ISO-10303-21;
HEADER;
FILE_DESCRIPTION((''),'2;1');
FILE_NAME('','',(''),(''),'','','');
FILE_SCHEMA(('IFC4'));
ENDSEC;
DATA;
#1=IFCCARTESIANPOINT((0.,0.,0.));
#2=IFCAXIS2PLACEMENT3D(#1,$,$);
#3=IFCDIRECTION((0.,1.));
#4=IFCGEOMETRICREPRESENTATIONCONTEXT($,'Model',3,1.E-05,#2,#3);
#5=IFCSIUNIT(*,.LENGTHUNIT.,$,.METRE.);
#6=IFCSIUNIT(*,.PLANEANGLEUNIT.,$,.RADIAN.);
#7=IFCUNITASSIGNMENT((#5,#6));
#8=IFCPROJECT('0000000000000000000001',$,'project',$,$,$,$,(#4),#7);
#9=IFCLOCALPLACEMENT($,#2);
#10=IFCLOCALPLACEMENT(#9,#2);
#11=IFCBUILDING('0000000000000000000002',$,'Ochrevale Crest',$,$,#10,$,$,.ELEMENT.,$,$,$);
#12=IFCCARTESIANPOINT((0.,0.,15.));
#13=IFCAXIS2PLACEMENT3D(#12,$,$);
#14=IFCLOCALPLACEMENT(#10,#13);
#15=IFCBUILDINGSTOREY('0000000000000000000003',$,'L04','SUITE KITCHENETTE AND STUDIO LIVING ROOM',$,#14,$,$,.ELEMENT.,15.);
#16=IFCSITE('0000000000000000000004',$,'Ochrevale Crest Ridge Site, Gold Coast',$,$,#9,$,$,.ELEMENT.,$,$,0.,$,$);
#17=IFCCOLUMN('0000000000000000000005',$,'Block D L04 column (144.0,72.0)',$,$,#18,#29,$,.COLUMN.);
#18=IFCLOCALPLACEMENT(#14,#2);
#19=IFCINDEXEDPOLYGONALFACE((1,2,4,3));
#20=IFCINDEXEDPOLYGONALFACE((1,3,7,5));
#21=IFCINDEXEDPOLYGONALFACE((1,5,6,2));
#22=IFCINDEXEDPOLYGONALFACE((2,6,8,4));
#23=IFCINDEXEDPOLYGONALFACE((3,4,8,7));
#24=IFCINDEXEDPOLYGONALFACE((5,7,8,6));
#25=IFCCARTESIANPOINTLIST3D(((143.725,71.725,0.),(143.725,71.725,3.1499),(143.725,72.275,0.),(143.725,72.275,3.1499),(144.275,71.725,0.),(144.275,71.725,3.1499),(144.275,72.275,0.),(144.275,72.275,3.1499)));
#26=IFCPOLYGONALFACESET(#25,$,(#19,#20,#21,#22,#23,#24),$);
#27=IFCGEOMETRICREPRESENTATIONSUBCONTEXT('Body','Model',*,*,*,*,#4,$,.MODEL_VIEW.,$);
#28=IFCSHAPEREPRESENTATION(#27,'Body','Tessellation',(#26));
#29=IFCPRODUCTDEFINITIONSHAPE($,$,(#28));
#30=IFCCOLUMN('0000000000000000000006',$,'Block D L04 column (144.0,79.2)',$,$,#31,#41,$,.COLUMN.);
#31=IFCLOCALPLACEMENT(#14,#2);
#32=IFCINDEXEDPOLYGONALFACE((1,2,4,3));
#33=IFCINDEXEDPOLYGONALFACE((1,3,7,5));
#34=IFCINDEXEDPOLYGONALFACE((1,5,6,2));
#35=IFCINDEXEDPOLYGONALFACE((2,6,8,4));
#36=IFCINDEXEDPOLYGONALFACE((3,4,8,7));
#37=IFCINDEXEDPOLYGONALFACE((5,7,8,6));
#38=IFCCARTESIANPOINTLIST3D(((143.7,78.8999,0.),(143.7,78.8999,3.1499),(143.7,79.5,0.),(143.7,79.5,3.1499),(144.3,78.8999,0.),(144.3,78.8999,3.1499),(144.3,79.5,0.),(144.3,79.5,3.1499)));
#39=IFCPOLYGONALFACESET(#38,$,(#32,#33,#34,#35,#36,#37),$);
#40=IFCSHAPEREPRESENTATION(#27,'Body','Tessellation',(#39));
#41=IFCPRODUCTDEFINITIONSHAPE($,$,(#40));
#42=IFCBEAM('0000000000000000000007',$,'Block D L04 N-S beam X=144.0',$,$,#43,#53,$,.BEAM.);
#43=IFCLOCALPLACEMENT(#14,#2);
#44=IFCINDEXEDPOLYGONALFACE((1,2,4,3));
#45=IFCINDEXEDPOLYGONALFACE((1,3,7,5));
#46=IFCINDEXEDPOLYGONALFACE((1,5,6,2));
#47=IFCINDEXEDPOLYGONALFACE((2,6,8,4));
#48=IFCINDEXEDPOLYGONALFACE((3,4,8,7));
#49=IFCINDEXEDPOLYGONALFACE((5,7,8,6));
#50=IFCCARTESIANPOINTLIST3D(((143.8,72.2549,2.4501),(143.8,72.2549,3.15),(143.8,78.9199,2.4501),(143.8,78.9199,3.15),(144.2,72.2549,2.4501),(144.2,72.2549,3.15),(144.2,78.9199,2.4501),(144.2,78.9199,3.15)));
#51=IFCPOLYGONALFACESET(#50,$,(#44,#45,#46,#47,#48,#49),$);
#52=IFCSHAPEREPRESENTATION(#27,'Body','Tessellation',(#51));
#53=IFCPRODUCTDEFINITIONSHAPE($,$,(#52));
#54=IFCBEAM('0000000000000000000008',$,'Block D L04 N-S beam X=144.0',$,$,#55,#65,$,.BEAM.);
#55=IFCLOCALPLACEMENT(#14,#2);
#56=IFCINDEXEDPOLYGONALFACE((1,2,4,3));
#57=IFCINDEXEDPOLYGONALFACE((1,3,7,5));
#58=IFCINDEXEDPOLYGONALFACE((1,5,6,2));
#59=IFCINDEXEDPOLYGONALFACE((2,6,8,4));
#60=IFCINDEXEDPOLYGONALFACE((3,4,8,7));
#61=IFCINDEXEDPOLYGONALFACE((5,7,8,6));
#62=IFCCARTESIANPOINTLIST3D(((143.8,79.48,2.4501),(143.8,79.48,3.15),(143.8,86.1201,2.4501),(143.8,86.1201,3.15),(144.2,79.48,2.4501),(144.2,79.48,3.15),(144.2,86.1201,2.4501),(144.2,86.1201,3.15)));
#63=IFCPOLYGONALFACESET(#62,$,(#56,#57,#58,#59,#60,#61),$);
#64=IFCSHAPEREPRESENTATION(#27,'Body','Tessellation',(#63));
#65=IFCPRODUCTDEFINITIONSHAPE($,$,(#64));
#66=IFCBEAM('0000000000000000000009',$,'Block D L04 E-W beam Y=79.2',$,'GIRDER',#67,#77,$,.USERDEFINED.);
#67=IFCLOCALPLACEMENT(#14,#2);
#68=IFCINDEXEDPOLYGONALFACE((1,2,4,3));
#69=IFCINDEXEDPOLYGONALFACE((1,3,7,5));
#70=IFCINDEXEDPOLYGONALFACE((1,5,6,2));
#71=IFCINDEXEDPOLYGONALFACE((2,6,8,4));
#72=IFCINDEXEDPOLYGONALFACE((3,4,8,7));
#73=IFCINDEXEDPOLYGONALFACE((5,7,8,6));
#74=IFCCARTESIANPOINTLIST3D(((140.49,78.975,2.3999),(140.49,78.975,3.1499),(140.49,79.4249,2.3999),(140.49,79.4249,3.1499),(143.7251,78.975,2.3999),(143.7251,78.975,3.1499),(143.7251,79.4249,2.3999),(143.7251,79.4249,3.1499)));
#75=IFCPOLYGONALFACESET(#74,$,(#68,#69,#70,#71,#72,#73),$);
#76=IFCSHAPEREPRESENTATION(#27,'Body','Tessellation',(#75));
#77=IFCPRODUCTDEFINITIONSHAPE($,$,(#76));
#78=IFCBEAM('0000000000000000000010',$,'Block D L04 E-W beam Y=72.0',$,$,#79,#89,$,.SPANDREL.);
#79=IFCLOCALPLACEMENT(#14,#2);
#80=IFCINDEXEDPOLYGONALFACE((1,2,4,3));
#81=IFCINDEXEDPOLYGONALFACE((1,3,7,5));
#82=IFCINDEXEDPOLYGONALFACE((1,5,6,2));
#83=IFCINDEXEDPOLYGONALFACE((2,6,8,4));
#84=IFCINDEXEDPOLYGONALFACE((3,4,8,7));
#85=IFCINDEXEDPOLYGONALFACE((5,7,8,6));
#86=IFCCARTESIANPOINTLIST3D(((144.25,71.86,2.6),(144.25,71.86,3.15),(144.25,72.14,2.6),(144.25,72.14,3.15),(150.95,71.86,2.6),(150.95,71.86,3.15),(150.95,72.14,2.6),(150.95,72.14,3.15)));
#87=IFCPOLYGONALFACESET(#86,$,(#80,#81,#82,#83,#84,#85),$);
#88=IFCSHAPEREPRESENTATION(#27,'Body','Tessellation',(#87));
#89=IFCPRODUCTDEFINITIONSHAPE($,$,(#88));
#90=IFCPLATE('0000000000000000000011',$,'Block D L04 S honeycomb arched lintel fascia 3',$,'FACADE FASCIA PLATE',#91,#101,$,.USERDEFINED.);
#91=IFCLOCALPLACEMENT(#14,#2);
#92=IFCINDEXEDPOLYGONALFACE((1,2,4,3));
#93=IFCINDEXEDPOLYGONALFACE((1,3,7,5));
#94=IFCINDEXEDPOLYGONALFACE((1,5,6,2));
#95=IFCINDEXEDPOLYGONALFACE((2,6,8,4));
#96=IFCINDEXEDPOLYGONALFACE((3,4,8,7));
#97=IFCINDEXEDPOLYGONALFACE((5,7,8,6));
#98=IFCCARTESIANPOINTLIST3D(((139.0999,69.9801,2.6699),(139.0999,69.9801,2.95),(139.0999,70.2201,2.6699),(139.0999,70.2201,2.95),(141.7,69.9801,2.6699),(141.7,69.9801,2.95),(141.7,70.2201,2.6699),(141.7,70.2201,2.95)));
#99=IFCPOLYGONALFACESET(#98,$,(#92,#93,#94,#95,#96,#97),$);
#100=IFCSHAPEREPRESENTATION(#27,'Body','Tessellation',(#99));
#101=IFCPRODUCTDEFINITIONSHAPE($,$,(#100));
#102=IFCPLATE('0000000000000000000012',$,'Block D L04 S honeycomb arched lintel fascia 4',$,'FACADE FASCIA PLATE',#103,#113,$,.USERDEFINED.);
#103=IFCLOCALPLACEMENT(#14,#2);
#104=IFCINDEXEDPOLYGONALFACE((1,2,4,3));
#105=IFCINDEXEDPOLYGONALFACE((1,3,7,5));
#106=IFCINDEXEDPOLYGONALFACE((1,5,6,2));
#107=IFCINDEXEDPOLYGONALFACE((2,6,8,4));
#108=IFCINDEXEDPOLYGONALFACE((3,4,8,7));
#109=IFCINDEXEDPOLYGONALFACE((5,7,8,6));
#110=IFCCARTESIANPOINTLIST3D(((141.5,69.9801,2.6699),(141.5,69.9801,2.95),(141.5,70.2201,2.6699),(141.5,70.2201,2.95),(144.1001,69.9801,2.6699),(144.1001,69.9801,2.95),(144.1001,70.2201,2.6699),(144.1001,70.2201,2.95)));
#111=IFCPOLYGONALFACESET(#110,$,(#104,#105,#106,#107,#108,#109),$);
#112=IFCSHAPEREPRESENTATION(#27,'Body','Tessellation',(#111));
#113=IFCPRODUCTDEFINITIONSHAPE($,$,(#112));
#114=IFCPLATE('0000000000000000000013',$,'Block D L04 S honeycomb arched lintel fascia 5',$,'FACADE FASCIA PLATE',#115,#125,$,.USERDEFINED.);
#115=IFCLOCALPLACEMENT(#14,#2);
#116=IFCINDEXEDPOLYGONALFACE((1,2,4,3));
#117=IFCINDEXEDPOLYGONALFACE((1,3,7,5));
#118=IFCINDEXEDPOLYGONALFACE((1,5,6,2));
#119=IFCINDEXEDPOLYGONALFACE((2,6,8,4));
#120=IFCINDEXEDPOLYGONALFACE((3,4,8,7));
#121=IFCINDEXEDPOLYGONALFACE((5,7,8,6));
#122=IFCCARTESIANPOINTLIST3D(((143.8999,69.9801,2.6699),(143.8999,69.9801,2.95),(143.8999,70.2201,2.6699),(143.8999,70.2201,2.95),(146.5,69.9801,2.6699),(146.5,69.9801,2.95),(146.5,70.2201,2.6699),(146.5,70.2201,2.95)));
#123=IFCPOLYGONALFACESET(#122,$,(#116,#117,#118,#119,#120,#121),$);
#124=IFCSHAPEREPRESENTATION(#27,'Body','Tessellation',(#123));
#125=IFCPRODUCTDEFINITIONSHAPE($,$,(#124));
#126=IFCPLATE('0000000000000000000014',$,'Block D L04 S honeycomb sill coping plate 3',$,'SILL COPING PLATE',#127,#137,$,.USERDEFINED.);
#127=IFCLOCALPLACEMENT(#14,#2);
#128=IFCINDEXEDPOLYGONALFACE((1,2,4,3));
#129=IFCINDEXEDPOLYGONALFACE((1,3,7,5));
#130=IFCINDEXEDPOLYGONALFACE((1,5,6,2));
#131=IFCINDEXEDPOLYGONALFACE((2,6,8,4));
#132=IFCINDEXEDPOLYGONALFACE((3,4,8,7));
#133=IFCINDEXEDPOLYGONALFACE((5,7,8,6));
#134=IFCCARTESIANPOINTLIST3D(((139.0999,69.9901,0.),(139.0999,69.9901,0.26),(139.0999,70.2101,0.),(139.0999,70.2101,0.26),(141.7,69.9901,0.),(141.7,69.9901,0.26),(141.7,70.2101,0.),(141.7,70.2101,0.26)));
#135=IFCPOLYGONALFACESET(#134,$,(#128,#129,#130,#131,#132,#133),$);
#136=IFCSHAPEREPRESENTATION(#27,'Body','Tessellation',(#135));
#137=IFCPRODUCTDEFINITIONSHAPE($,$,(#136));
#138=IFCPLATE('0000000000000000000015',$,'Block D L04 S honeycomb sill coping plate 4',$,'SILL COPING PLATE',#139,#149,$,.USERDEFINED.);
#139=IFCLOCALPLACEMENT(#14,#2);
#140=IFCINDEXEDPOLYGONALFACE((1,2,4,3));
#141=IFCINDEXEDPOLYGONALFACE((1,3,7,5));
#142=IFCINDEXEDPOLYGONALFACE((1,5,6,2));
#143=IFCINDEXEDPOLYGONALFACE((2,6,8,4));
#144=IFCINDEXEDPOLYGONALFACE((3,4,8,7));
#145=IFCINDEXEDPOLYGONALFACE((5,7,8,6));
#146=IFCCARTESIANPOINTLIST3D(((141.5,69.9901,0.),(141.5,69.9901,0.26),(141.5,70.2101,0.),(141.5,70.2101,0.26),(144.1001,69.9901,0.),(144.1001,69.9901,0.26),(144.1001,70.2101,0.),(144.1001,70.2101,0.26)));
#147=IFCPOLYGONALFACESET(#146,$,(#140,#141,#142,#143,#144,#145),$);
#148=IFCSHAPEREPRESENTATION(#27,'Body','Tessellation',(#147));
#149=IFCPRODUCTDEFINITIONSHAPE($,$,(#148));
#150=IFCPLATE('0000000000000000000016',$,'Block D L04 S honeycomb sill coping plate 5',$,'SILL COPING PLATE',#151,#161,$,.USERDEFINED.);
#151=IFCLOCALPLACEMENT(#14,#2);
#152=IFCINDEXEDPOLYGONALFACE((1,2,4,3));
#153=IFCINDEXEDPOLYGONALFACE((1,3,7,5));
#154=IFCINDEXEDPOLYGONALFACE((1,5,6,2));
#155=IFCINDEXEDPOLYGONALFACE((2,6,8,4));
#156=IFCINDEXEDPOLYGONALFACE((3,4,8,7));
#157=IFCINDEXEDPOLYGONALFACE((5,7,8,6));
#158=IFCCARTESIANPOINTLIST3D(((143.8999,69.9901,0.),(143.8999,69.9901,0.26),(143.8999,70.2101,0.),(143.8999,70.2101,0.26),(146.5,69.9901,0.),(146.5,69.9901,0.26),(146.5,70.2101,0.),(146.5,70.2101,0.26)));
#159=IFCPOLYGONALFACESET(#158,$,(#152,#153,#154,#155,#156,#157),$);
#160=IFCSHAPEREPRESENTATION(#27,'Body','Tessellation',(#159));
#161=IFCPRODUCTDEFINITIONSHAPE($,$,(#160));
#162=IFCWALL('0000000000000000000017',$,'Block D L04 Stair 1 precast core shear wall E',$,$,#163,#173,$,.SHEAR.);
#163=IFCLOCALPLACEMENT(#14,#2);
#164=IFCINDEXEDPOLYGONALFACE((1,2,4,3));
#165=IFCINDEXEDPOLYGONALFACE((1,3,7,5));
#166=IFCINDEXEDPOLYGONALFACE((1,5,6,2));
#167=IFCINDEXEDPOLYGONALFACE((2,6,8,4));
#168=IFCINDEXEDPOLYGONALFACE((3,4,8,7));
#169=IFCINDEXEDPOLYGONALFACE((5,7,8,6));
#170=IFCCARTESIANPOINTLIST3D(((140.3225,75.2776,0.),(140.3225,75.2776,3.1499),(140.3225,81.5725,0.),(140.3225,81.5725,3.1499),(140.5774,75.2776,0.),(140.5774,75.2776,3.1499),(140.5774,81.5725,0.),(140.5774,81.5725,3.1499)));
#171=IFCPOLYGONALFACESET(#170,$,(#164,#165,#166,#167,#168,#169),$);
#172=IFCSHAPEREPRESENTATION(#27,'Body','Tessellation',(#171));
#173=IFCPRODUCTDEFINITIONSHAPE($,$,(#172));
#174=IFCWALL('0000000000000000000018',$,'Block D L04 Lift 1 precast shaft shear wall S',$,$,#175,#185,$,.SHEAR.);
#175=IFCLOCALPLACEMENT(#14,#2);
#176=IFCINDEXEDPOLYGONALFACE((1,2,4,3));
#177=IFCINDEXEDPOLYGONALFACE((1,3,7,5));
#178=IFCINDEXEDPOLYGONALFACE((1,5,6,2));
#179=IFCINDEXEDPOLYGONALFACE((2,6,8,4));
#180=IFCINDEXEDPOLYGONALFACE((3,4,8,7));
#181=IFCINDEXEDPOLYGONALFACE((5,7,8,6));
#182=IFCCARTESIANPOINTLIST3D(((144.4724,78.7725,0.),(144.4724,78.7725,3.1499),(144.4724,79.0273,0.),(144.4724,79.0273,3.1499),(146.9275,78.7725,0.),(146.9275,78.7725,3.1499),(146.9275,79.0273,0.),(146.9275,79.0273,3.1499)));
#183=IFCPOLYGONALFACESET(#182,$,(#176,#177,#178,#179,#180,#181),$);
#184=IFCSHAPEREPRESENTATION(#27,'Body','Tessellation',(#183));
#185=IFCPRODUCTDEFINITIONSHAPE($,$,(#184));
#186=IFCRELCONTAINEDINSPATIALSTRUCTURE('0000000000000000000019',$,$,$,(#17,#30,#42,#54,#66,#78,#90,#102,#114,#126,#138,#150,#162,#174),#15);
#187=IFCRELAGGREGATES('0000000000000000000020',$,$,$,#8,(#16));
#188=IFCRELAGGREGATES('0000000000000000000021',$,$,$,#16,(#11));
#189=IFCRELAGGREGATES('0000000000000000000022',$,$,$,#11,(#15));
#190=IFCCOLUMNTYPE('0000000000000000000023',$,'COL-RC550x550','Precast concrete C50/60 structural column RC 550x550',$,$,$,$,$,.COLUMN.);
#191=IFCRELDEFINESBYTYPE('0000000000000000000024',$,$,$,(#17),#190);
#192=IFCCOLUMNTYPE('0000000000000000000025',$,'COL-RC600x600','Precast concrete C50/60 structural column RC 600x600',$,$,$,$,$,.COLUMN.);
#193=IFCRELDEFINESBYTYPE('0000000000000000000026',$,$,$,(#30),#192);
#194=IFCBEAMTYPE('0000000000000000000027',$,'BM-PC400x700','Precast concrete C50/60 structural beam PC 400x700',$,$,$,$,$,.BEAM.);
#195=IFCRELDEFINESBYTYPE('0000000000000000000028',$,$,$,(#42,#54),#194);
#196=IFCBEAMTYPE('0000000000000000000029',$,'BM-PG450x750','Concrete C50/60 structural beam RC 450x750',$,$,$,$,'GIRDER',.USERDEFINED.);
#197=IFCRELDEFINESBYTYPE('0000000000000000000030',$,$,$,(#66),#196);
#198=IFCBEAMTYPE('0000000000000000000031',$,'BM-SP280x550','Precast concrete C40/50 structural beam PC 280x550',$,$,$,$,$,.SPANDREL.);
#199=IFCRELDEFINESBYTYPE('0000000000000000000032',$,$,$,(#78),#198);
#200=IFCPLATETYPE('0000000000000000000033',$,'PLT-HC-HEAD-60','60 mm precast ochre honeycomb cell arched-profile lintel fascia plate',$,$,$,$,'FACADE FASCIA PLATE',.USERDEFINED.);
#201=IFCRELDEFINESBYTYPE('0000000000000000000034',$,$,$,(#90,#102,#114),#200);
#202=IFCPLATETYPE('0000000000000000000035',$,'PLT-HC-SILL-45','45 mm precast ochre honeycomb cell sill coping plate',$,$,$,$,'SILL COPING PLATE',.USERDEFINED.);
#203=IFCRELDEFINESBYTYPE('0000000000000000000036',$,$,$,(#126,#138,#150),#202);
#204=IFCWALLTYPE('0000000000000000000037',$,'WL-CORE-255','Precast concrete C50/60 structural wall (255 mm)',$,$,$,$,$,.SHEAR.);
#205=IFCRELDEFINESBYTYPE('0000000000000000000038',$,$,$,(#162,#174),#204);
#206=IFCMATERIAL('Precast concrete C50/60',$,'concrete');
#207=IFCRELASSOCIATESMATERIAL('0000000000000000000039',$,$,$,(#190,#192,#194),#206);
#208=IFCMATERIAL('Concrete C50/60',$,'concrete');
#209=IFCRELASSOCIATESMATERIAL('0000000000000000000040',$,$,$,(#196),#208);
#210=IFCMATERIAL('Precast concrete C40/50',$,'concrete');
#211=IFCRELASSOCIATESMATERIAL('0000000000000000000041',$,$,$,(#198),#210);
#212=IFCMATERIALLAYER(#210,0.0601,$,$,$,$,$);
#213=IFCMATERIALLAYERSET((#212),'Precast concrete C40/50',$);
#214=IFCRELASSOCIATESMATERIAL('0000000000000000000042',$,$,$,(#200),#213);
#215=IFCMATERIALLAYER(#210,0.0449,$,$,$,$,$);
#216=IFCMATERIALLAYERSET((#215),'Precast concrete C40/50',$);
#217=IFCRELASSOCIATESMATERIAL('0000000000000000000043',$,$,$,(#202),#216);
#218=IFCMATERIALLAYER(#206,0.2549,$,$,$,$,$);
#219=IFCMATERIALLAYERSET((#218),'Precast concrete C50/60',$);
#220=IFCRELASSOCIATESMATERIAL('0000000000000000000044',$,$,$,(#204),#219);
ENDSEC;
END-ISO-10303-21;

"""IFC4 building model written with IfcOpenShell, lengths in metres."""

from ifc_helpers import new_model, si_unit, direction, frame, frame_2d, origin, origin_2d, place, context, subcontext, project, spatial, rectangle, extrude, material, layer, layer_set, material_profile, profile_set, type_object, element, save


model = new_model("IFC4")

# Units and contexts
model_context = context("Model", 3, precision=1e-05, world=origin(), true_north=direction((0.0, 1.0)))
body_context = subcontext(model_context, "Body", "Model", "MODEL_VIEW")
ifc_project = project(units=[si_unit("LENGTHUNIT", "METRE"), si_unit("PLANEANGLEUNIT", "RADIAN")], contexts=[model_context])

# Site, building, storey
site_placement = place(None, origin())
site = spatial("IfcSite", under=ifc_project, at=site_placement, Name="Ochrevale Crest Ridge Site, Gold Coast", CompositionType="ELEMENT", RefElevation=0.0)
building_placement = place(site_placement, origin())
building = spatial("IfcBuilding", under=site, at=building_placement, Name="Ochrevale Crest", CompositionType="ELEMENT")
storey_placement = place(building_placement, frame((0.0, 0.0, 15.0)))
storey = spatial("IfcBuildingStorey", under=building, at=storey_placement, Name="L04", Description="SUITE KITCHENETTE AND STUDIO LIVING ROOM", CompositionType="ELEMENT", Elevation=15.0)

# Columns
ifc_material_1 = material(Name="Precast concrete C50/60", Category="concrete")
ifc_material_profile_1 = material_profile(ifc_material_1, rectangle(XDim=0.55, YDim=0.55, at=origin_2d()), Name="RC 550x550")
ifc_profile_set_1 = profile_set([ifc_material_profile_1], Name="Precast concrete C50/60")
column_type_1 = type_object("IfcColumnType", Name="COL-RC550x550", Description="Precast concrete C50/60 structural column RC 550x550", PredefinedType="COLUMN", material=ifc_profile_set_1)
column_1_placement = place(storey_placement, frame((144.0, 72.0, 0.0), z_axis=(0.0, 0.0, 1.0), x_axis=(1.0, 0.0, 0.0)))
element("IfcColumn", 1, at=column_1_placement, inside=storey, type_object=column_type_1, Name="Block D L04 column (144.0,72.0)", PredefinedType="COLUMN", context=body_context, shape_type="SweptSolid", body=[
    extrude(rectangle(XDim=0.55, YDim=0.55, at=origin_2d()), origin(), (0.0, 0.0, 1.0), 3.1499),
])
ifc_material_profile_2 = material_profile(ifc_material_1, rectangle(XDim=0.6001, YDim=0.6001, at=origin_2d()), Name="RC 600x600")
ifc_profile_set_2 = profile_set([ifc_material_profile_2], Name="Precast concrete C50/60")
column_type_2 = type_object("IfcColumnType", Name="COL-RC600x600", Description="Precast concrete C50/60 structural column RC 600x600", PredefinedType="COLUMN", material=ifc_profile_set_2)
column_2_placement = place(storey_placement, frame((144.0, 79.2, 0.0), z_axis=(0.0, 0.0, 1.0), x_axis=(1.0, 0.0, 0.0)))
element("IfcColumn", 2, at=column_2_placement, inside=storey, type_object=column_type_2, Name="Block D L04 column (144.0,79.2)", PredefinedType="COLUMN", context=body_context, shape_type="SweptSolid", body=[
    extrude(rectangle(XDim=0.6001, YDim=0.6001, at=origin_2d()), origin(), (0.0, 0.0, 1.0), 3.1499),
])

# Beams
ifc_material_profile_3 = material_profile(ifc_material_1, rectangle(XDim=0.3999, YDim=0.7, at=origin_2d()), Name="PC 400x700")
ifc_profile_set_3 = profile_set([ifc_material_profile_3], Name="Precast concrete C50/60")
beam_type_1 = type_object("IfcBeamType", Name="BM-PC400x700", Description="Precast concrete C50/60 structural beam PC 400x700", PredefinedType="BEAM", material=ifc_profile_set_3)
beam_1_placement = place(storey_placement, frame((144.0, 72.2549, 2.8), z_axis=(0.0, 1.0, 0.0), x_axis=(-1.0, 0.0, 0.0)))
element("IfcBeam", 3, at=beam_1_placement, inside=storey, type_object=beam_type_1, Name="Block D L04 N-S beam X=144.0", PredefinedType="BEAM", context=body_context, shape_type="SweptSolid", body=[
    extrude(rectangle(XDim=0.3999, YDim=0.7, at=origin_2d()), origin(), (0.0, 0.0, 1.0), 6.665),
])
beam_2_placement = place(storey_placement, frame((144.0, 79.48, 2.8), z_axis=(0.0, 1.0, 0.0), x_axis=(-1.0, 0.0, 0.0)))
element("IfcBeam", 4, at=beam_2_placement, inside=storey, type_object=beam_type_1, Name="Block D L04 N-S beam X=144.0", PredefinedType="BEAM", context=body_context, shape_type="SweptSolid", body=[
    extrude(rectangle(XDim=0.3999, YDim=0.7, at=origin_2d()), origin(), (0.0, 0.0, 1.0), 6.6401),
])
ifc_material_2 = material(Name="Concrete C50/60", Category="concrete")
ifc_material_profile_4 = material_profile(ifc_material_2, rectangle(XDim=0.45, YDim=0.75, at=origin_2d()), Name="RC 450x750")
ifc_profile_set_4 = profile_set([ifc_material_profile_4], Name="Concrete C50/60")
beam_type_2 = type_object("IfcBeamType", Name="BM-PG450x750", Description="Concrete C50/60 structural beam RC 450x750", ElementType="GIRDER", PredefinedType="USERDEFINED", material=ifc_profile_set_4)
beam_3_placement = place(storey_placement, frame((140.49, 79.2, 2.7749), z_axis=(1.0, 0.0, 0.0), x_axis=(0.0, 1.0, 0.0)))
element("IfcBeam", 5, at=beam_3_placement, inside=storey, type_object=beam_type_2, Name="Block D L04 E-W beam Y=79.2", ObjectType="GIRDER", PredefinedType="USERDEFINED", context=body_context, shape_type="SweptSolid", body=[
    extrude(rectangle(XDim=0.45, YDim=0.75, at=origin_2d()), origin(), (0.0, 0.0, 1.0), 3.2351),
])
ifc_material_3 = material(Name="Precast concrete C40/50", Category="concrete")
ifc_material_profile_5 = material_profile(ifc_material_3, rectangle(XDim=0.28, YDim=0.55, at=origin_2d()), Name="PC 280x550")
ifc_profile_set_5 = profile_set([ifc_material_profile_5], Name="Precast concrete C40/50")
beam_type_3 = type_object("IfcBeamType", Name="BM-SP280x550", Description="Precast concrete C40/50 structural beam PC 280x550", PredefinedType="SPANDREL", material=ifc_profile_set_5)
beam_4_placement = place(storey_placement, frame((144.25, 72.0, 2.875), z_axis=(1.0, 0.0, 0.0), x_axis=(0.0, 1.0, 0.0)))
element("IfcBeam", 6, at=beam_4_placement, inside=storey, type_object=beam_type_3, Name="Block D L04 E-W beam Y=72.0", PredefinedType="SPANDREL", context=body_context, shape_type="SweptSolid", body=[
    extrude(rectangle(XDim=0.28, YDim=0.55, at=origin_2d()), origin(), (0.0, 0.0, 1.0), 6.7),
])

# Plates
ifc_layer_1 = layer(ifc_material_3, 0.0601)
ifc_layer_set_1 = layer_set([ifc_layer_1], Name="Precast concrete C40/50")
plate_type_1 = type_object("IfcPlateType", Name="PLT-HC-HEAD-60", Description="60 mm precast ochre honeycomb cell arched-profile lintel fascia plate", ElementType="FACADE FASCIA PLATE", PredefinedType="USERDEFINED", material=ifc_layer_set_1)
for number, where, z_axis, x_axis, name in (
    (7, (140.3999, 70.1001, 2.6699), (0.0, 0.0, 1.0), (1.0, 0.0, 0.0), "Block D L04 S honeycomb arched lintel fascia 3"),
    (8, (142.8, 70.1001, 2.6699), (0.0, 0.0, 1.0), (1.0, 0.0, 0.0), "Block D L04 S honeycomb arched lintel fascia 4"),
    (9, (145.2, 70.1001, 2.6699), (0.0, 0.0, 1.0), (1.0, 0.0, 0.0), "Block D L04 S honeycomb arched lintel fascia 5"),
):
    element("IfcPlate", number, at=place(storey_placement, frame(where, z_axis=z_axis, x_axis=x_axis)), inside=storey, type_object=plate_type_1, Name=name, ObjectType="FACADE FASCIA PLATE", PredefinedType="USERDEFINED", context=body_context, shape_type="SweptSolid", body=[
        extrude(rectangle(XDim=2.6001, YDim=0.24, at=origin_2d()), origin(), (0.0, 0.0, 1.0), 0.28),
    ])
ifc_layer_2 = layer(ifc_material_3, 0.0449)
ifc_layer_set_2 = layer_set([ifc_layer_2], Name="Precast concrete C40/50")
plate_type_2 = type_object("IfcPlateType", Name="PLT-HC-SILL-45", Description="45 mm precast ochre honeycomb cell sill coping plate", ElementType="SILL COPING PLATE", PredefinedType="USERDEFINED", material=ifc_layer_set_2)
for number, where, z_axis, x_axis, name in (
    (10, (140.3999, 70.1001, 0.0), (0.0, 0.0, 1.0), (1.0, 0.0, 0.0), "Block D L04 S honeycomb sill coping plate 3"),
    (11, (142.8, 70.1001, 0.0), (0.0, 0.0, 1.0), (1.0, 0.0, 0.0), "Block D L04 S honeycomb sill coping plate 4"),
    (12, (145.2, 70.1001, 0.0), (0.0, 0.0, 1.0), (1.0, 0.0, 0.0), "Block D L04 S honeycomb sill coping plate 5"),
):
    element("IfcPlate", number, at=place(storey_placement, frame(where, z_axis=z_axis, x_axis=x_axis)), inside=storey, type_object=plate_type_2, Name=name, ObjectType="SILL COPING PLATE", PredefinedType="USERDEFINED", context=body_context, shape_type="SweptSolid", body=[
        extrude(rectangle(XDim=2.6001, YDim=0.22, at=origin_2d()), origin(), (0.0, 0.0, 1.0), 0.26),
    ])

# Walls
ifc_layer_3 = layer(ifc_material_1, 0.2549)
ifc_layer_set_3 = layer_set([ifc_layer_3], Name="Precast concrete C50/60")
wall_type_1 = type_object("IfcWallType", Name="WL-CORE-255", Description="Precast concrete C50/60 structural wall (255 mm)", PredefinedType="SHEAR", material=ifc_layer_set_3)
wall_1_placement = place(storey_placement, frame((140.45, 75.2776, 0.0), z_axis=(0.0, 0.0, 1.0), x_axis=(0.0, 1.0, 0.0)))
element("IfcWall", 13, at=wall_1_placement, inside=storey, type_object=wall_type_1, Name="Block D L04 Stair 1 precast core shear wall E", PredefinedType="SHEAR", context=body_context, shape_type="SweptSolid", body=[
    extrude(rectangle(XDim=6.2949, YDim=0.2549, at=frame_2d((3.1475, 0.0))), origin(), (0.0, 0.0, 1.0), 3.1499),
])
wall_2_placement = place(storey_placement, frame((144.4724, 78.8999, 0.0), z_axis=(0.0, 0.0, 1.0), x_axis=(1.0, 0.0, 0.0)))
element("IfcWall", 14, at=wall_2_placement, inside=storey, type_object=wall_type_1, Name="Block D L04 Lift 1 precast shaft shear wall S", PredefinedType="SHEAR", context=body_context, shape_type="SweptSolid", body=[
    extrude(rectangle(XDim=2.4551, YDim=0.2549, at=frame_2d((1.2275, 0.0))), origin(), (0.0, 0.0, 1.0), 3.1499),
])

save(model, "model.ifc")
